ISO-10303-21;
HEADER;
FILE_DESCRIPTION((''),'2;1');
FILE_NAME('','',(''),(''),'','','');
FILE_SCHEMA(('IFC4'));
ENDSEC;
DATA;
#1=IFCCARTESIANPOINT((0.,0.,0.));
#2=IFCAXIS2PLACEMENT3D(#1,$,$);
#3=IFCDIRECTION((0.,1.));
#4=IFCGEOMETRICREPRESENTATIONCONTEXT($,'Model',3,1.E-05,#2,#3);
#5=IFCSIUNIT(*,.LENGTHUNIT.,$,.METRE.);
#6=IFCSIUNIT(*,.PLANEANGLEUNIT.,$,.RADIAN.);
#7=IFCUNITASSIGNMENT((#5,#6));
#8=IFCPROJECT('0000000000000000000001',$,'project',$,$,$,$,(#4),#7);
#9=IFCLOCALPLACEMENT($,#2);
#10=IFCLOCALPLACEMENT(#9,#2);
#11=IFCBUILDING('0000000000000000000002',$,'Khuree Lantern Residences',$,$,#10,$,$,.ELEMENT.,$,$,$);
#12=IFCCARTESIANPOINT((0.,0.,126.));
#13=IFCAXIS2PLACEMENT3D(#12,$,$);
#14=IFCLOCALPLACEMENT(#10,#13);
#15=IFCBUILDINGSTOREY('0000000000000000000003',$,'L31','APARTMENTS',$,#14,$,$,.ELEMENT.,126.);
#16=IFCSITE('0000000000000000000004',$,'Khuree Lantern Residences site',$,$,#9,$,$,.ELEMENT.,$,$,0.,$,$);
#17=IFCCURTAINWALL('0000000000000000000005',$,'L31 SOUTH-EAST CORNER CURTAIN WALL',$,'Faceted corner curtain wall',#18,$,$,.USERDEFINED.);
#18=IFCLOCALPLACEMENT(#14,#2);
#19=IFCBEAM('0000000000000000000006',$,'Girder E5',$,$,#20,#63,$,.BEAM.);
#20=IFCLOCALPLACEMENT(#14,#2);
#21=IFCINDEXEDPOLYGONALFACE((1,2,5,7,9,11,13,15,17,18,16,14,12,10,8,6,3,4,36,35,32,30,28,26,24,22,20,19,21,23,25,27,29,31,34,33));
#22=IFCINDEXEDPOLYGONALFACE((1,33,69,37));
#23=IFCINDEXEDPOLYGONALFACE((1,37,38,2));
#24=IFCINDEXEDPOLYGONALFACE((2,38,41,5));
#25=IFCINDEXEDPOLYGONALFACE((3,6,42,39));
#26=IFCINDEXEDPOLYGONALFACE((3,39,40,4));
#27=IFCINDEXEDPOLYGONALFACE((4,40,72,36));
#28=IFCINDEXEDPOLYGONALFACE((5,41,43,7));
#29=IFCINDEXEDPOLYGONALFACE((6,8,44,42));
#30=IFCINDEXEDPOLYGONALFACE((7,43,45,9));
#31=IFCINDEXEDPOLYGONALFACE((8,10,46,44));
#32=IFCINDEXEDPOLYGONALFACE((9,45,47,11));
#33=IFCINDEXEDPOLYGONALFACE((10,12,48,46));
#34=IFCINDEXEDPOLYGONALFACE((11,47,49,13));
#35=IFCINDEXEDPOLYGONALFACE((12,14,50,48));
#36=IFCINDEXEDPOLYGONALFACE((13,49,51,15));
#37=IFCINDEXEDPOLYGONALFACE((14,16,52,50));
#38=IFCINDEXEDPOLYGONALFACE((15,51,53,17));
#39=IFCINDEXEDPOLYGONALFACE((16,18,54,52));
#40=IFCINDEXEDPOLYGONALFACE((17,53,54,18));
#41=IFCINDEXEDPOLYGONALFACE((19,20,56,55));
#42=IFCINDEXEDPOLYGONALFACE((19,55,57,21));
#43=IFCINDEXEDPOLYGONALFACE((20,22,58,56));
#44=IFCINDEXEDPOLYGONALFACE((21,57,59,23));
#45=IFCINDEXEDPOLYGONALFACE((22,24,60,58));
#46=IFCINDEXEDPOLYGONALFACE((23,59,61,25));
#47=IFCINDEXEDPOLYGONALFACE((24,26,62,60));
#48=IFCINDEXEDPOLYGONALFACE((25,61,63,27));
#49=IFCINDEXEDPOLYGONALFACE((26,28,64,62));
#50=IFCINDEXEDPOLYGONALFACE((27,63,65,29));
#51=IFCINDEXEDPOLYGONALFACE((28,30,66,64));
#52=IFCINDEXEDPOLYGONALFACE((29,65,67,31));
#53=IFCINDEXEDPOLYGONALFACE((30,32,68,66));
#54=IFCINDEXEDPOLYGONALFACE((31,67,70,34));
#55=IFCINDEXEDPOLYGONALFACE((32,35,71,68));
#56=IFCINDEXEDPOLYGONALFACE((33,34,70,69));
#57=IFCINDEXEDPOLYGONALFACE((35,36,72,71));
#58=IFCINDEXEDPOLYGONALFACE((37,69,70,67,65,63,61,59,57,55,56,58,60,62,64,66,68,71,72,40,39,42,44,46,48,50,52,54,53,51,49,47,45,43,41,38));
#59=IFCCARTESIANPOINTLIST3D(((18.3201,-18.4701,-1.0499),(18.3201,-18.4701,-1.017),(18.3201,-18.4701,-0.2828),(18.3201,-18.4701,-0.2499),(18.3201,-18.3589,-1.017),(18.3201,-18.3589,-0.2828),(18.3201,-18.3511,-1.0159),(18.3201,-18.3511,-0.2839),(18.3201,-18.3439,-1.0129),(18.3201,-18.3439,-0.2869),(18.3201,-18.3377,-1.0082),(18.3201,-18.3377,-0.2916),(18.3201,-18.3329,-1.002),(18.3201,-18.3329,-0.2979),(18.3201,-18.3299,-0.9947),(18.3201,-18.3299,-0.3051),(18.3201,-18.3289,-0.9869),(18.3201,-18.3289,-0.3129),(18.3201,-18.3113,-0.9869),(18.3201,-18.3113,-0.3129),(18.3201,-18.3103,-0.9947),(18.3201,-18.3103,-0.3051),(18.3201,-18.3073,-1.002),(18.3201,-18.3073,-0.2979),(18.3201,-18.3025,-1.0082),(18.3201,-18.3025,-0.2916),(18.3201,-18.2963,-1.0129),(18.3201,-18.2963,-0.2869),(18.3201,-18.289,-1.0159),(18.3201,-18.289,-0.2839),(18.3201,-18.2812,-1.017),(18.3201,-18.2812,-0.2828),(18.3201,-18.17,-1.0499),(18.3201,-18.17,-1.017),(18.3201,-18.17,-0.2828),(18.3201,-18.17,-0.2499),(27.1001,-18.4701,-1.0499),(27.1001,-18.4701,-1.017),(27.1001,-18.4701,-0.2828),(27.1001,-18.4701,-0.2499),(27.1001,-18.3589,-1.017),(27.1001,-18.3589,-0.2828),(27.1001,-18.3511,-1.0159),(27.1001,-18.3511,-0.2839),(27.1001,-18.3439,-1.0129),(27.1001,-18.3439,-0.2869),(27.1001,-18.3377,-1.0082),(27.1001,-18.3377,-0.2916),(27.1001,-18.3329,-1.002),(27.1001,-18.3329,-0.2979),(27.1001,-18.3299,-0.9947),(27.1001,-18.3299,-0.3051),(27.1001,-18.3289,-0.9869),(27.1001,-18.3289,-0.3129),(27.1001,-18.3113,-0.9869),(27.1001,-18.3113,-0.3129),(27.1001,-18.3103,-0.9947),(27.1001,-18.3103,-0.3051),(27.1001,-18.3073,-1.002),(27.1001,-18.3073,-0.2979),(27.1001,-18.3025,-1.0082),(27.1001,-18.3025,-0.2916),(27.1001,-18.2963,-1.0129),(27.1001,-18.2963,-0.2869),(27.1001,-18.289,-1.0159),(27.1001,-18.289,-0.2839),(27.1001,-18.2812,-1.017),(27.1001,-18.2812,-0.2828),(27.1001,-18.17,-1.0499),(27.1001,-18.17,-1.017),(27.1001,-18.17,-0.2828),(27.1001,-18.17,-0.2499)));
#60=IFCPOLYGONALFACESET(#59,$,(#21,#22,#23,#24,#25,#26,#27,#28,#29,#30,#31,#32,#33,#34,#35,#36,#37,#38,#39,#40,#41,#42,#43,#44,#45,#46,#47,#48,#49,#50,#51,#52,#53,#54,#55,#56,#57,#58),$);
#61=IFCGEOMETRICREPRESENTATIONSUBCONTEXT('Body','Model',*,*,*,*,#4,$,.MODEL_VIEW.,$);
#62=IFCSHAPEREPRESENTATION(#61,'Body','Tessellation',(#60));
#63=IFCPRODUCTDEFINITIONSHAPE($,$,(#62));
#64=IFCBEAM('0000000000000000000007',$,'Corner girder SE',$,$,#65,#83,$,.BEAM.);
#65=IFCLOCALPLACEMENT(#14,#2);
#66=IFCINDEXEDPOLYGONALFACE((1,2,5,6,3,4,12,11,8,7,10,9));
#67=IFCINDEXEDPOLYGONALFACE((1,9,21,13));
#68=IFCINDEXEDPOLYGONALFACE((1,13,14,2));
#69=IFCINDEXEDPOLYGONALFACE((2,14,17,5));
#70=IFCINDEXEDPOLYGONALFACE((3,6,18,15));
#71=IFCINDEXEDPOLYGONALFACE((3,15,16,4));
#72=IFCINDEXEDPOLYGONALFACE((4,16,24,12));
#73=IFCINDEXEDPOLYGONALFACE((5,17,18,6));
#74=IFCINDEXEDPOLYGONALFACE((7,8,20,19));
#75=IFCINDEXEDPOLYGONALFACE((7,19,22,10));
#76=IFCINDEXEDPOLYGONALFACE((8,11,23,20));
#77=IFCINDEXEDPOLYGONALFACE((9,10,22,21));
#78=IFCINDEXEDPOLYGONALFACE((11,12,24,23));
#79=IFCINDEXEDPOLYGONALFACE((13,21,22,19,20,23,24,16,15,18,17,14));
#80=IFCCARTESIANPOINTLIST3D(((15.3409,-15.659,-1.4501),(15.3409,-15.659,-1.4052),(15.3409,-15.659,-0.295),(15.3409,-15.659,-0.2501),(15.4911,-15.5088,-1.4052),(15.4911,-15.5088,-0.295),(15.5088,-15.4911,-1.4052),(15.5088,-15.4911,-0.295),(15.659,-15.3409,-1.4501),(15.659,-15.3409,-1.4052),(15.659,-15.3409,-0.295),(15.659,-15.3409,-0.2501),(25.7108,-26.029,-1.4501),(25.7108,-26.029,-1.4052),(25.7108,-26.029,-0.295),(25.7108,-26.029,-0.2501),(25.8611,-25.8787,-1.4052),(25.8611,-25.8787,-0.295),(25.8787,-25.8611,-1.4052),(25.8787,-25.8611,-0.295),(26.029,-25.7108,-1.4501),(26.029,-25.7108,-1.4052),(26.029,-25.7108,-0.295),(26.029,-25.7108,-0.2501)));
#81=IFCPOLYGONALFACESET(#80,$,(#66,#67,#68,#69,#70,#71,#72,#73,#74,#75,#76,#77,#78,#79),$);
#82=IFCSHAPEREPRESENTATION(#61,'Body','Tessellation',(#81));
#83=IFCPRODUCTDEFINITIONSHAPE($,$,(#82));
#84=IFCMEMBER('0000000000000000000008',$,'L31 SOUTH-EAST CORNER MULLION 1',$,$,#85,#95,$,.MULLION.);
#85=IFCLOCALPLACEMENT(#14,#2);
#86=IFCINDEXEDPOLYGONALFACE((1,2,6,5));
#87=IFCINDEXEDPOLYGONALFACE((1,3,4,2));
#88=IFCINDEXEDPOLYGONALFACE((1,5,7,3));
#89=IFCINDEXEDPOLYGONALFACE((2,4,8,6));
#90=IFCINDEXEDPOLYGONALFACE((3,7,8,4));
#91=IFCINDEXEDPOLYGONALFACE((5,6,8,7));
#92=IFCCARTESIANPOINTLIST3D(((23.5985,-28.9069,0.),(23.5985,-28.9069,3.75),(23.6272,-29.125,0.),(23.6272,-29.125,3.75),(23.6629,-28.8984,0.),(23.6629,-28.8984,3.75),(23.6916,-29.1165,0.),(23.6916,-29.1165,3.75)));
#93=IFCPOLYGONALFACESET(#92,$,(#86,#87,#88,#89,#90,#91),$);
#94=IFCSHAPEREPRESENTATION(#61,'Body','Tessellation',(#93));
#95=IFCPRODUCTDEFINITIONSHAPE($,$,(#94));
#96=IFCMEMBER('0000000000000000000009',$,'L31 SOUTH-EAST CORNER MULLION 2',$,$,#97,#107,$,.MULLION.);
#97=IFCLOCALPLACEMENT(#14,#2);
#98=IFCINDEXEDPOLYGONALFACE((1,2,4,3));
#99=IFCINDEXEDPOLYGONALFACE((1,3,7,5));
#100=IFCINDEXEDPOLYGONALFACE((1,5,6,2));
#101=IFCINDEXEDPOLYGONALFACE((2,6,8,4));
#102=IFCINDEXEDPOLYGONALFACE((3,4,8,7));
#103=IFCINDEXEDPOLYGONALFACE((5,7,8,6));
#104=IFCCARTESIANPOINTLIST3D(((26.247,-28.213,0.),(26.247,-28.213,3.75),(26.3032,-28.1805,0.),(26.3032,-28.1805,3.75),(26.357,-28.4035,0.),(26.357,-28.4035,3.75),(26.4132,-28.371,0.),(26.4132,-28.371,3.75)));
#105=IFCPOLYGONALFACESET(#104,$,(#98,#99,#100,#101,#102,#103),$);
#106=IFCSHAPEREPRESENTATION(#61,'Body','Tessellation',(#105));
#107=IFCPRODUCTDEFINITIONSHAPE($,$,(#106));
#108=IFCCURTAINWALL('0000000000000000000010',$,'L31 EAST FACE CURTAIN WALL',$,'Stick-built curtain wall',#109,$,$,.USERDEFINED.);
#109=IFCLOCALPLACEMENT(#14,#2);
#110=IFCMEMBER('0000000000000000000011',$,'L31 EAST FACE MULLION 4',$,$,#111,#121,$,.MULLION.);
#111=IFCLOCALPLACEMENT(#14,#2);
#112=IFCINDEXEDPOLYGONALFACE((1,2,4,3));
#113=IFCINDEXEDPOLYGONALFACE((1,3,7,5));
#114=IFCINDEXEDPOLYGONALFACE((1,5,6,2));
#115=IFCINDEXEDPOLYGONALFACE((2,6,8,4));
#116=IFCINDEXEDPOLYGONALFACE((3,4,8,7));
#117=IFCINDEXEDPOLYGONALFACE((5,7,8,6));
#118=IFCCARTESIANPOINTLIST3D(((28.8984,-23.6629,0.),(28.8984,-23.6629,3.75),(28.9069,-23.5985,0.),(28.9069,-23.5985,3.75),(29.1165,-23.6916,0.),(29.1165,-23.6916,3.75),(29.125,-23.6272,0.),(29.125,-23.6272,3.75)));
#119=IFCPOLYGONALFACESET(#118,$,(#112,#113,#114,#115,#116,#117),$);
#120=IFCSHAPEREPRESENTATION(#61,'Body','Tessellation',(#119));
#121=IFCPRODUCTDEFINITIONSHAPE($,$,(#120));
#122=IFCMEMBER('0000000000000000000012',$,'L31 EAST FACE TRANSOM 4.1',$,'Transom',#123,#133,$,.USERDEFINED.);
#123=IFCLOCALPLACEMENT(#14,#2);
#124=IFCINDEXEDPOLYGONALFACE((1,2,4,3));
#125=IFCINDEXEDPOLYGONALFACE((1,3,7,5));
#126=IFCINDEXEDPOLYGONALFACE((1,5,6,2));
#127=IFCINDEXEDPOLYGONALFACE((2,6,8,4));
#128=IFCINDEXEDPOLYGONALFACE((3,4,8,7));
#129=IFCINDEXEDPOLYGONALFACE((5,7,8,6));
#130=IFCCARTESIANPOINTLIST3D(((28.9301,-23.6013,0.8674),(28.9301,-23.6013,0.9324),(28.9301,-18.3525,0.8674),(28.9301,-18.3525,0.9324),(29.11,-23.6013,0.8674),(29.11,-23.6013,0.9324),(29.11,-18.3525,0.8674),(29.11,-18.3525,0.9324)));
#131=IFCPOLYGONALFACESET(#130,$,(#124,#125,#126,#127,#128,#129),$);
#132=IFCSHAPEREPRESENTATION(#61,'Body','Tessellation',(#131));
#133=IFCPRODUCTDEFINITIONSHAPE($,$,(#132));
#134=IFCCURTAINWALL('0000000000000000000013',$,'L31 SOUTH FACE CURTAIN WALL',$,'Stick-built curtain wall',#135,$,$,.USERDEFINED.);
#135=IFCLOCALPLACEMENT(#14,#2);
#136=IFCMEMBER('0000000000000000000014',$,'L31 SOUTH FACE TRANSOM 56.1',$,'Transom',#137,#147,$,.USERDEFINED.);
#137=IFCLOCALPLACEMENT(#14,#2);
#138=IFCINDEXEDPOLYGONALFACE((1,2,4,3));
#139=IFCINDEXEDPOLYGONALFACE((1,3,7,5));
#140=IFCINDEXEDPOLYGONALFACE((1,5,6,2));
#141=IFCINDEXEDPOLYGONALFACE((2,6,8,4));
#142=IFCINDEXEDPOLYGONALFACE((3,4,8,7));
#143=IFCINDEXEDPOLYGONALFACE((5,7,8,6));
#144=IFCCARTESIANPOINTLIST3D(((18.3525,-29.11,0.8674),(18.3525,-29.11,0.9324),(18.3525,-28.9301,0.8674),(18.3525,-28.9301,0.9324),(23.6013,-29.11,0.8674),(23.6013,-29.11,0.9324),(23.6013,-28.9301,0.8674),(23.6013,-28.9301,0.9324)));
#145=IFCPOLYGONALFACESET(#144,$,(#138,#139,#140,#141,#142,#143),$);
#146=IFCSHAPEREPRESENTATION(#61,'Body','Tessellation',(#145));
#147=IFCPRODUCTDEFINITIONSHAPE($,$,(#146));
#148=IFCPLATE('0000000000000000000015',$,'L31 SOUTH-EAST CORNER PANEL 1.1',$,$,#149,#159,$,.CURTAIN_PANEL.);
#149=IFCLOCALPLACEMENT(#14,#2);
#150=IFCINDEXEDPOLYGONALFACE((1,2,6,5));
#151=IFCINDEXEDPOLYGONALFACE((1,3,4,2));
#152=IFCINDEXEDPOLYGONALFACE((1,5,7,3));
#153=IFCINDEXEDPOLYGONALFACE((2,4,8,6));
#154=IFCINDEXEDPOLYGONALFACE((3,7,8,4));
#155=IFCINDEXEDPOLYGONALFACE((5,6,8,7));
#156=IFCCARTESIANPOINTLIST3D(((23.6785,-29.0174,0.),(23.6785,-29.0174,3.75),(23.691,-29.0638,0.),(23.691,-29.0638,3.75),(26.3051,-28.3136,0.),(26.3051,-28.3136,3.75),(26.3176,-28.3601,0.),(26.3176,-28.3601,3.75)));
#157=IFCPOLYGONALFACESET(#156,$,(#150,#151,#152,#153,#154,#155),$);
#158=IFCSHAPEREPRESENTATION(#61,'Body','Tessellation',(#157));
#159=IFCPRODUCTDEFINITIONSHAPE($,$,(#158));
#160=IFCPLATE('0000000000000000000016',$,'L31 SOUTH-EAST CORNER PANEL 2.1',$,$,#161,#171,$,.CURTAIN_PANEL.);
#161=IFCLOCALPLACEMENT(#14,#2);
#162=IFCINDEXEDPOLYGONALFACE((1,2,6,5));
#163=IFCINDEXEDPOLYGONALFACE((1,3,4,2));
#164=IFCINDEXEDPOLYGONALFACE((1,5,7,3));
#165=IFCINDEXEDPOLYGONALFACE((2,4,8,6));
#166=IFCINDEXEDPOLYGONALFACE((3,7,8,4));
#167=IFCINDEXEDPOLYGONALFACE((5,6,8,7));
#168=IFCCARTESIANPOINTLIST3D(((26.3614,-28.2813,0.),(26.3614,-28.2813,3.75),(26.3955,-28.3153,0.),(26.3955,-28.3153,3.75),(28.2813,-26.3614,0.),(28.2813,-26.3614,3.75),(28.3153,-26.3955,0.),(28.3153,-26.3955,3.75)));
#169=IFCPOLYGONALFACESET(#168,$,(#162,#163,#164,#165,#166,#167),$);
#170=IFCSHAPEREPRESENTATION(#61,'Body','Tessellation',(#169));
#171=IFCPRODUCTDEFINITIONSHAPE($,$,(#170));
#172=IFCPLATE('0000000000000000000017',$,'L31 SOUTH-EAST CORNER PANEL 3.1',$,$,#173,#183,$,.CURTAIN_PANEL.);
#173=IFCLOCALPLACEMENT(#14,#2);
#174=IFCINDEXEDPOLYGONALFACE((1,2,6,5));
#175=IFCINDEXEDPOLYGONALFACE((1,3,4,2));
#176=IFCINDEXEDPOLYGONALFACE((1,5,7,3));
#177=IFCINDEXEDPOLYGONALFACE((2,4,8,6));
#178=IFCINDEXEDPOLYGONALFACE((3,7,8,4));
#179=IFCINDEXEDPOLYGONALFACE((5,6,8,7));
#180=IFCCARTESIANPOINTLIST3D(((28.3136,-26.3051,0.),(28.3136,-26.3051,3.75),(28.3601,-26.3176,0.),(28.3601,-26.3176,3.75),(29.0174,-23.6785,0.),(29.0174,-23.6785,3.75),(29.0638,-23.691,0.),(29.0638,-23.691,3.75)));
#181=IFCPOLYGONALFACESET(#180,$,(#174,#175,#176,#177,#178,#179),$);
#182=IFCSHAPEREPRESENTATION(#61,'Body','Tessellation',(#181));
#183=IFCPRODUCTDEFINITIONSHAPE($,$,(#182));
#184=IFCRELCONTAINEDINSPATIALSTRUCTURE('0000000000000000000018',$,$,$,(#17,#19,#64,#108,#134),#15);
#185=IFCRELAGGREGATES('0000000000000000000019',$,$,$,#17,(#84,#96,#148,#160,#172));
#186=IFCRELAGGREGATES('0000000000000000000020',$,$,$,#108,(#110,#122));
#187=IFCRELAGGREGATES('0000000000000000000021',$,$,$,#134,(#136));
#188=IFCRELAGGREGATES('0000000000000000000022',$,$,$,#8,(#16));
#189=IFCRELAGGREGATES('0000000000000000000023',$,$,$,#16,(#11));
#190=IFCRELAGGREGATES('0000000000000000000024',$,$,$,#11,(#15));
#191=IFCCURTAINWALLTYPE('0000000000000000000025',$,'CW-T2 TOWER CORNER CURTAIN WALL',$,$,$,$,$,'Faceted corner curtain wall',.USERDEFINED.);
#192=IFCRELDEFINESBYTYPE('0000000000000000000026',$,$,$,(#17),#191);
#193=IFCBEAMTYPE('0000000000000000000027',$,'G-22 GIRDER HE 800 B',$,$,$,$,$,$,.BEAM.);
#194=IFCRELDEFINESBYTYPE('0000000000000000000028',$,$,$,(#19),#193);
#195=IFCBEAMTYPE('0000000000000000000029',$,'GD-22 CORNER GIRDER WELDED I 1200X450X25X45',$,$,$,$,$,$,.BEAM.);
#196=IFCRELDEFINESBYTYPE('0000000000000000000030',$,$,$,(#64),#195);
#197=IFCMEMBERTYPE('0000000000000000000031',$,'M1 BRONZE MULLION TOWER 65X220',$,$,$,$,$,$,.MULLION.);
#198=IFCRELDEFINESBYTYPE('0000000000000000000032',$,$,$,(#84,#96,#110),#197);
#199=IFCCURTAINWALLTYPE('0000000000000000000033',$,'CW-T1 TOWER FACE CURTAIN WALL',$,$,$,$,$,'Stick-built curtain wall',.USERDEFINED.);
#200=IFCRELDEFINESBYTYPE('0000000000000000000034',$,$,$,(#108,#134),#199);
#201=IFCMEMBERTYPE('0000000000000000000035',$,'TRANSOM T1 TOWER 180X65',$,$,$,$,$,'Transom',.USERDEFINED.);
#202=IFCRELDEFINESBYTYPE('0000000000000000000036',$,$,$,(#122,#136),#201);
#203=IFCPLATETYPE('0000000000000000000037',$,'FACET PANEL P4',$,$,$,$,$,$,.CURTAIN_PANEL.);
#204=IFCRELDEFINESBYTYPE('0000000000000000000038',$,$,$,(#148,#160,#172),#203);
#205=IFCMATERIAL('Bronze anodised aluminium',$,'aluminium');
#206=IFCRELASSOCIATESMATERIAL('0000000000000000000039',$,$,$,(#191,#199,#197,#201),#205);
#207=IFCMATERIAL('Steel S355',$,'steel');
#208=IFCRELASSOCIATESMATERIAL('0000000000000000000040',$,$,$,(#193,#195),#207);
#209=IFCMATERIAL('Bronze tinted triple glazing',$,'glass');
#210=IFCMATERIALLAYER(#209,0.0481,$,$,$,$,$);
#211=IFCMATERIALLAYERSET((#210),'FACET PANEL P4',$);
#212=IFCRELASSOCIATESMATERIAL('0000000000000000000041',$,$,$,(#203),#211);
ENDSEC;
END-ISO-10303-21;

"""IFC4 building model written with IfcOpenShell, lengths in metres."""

from ifc_helpers import new_model, si_unit, direction, frame, origin, origin_2d, place, context, subcontext, project, spatial, rectangle, i_section, extrude, material, layer, layer_set, material_profile, profile_set, type_object, element, aggregate, save


model = new_model("IFC4")

# Units and contexts
model_context = context("Model", 3, precision=1e-05, world=origin(), true_north=direction((0.0, 1.0)))
body_context = subcontext(model_context, "Body", "Model", "MODEL_VIEW")
ifc_project = project(units=[si_unit("LENGTHUNIT", "METRE"), si_unit("PLANEANGLEUNIT", "RADIAN")], contexts=[model_context])

# Site, building, storey
site_placement = place(None, origin())
site = spatial("IfcSite", under=ifc_project, at=site_placement, Name="Khuree Lantern Residences site", CompositionType="ELEMENT", RefElevation=0.0)
building_placement = place(site_placement, origin())
building = spatial("IfcBuilding", under=site, at=building_placement, Name="Khuree Lantern Residences", CompositionType="ELEMENT")
storey_placement = place(building_placement, frame((0.0, 0.0, 126.0)))
storey = spatial("IfcBuildingStorey", under=building, at=storey_placement, Name="L31", Description="APARTMENTS", CompositionType="ELEMENT", Elevation=126.0)

# Shared definitions
ifc_material_1 = material(Name="Steel S355", Category="steel")

# Curtain wall
ifc_material_2 = material(Name="Bronze anodised aluminium", Category="aluminium")
curtain_wall_type_1 = type_object("IfcCurtainWallType", Name="CW-T2 TOWER CORNER CURTAIN WALL", ElementType="Faceted corner curtain wall", PredefinedType="USERDEFINED", material=ifc_material_2)
curtain_wall_1_placement = place(storey_placement, origin())
curtain_wall_1 = element("IfcCurtainWall", 1, at=curtain_wall_1_placement, inside=storey, type_object=curtain_wall_type_1, Name="L31 SOUTH-EAST CORNER CURTAIN WALL", ObjectType="Faceted corner curtain wall", PredefinedType="USERDEFINED")

# Beams
ifc_material_profile_1 = material_profile(ifc_material_1, i_section(OverallWidth=0.3, OverallDepth=0.8, WebThickness=0.0176, FlangeThickness=0.033, FilletRadius=0.03, at=origin_2d()), Name="HE 800 B")
ifc_profile_set_1 = profile_set([ifc_material_profile_1], Name="Steel S355")
beam_type_1 = type_object("IfcBeamType", Name="G-22 GIRDER HE 800 B", PredefinedType="BEAM", material=ifc_profile_set_1)
beam_1_placement = place(storey_placement, frame((27.1001, -18.3201, -0.6499), z_axis=(-1.0, 0.0, 0.0), x_axis=(0.0, -1.0, 0.0)))
element("IfcBeam", 2, at=beam_1_placement, inside=storey, type_object=beam_type_1, Name="Girder E5", PredefinedType="BEAM", context=body_context, shape_type="SweptSolid", body=[
    extrude(i_section(OverallWidth=0.3, OverallDepth=0.8, WebThickness=0.0176, FlangeThickness=0.033, FilletRadius=0.03, at=origin_2d()), origin(), (0.0, 0.0, 1.0), 8.78),
])
ifc_material_profile_2 = material_profile(ifc_material_1, i_section(OverallWidth=0.45, OverallDepth=1.2, WebThickness=0.0249, FlangeThickness=0.0449, at=origin_2d()), Name="WELDED I 1200X450X25X45")
ifc_profile_set_2 = profile_set([ifc_material_profile_2], Name="Steel S355")
beam_type_2 = type_object("IfcBeamType", Name="GD-22 CORNER GIRDER WELDED I 1200X450X25X45", PredefinedType="BEAM", material=ifc_profile_set_2)
beam_2_placement = place(storey_placement, frame((25.8699, -25.8699, -0.8501), z_axis=(-0.707107, 0.707107, 0.0), x_axis=(-0.707107, -0.707107, 0.0)))
element("IfcBeam", 3, at=beam_2_placement, inside=storey, type_object=beam_type_2, Name="Corner girder SE", PredefinedType="BEAM", context=body_context, shape_type="SweptSolid", body=[
    extrude(i_section(OverallWidth=0.45, OverallDepth=1.2, WebThickness=0.0249, FlangeThickness=0.0449, at=origin_2d()), origin(), (0.0, 0.0, 1.0), 14.6653),
])

# Members
ifc_material_profile_3 = material_profile(ifc_material_2, rectangle(XDim=0.0649, YDim=0.22, at=origin_2d()), Name="M1 65X220")
ifc_profile_set_3 = profile_set([ifc_material_profile_3], Name="Bronze anodised aluminium")
member_type_1 = type_object("IfcMemberType", Name="M1 BRONZE MULLION TOWER 65X220", PredefinedType="MULLION", material=ifc_profile_set_3)
member_1_placement = place(storey_placement, frame((23.645, -29.0117, 0.0), z_axis=(0.0, 0.0, 1.0), x_axis=(0.991445, 0.130526, 0.0)))
member_1 = element("IfcMember", 4, at=member_1_placement, type_object=member_type_1, Name="L31 SOUTH-EAST CORNER MULLION 1", PredefinedType="MULLION", context=body_context, shape_type="SweptSolid", body=[
    extrude(rectangle(XDim=0.0649, YDim=0.22, at=origin_2d()), origin(), (0.0, 0.0, 1.0), 3.75),
])
member_2_placement = place(storey_placement, frame((26.3301, -28.292, 0.0), z_axis=(0.0, 0.0, 1.0), x_axis=(0.866025, 0.5, 0.0)))
member_2 = element("IfcMember", 5, at=member_2_placement, type_object=member_type_1, Name="L31 SOUTH-EAST CORNER MULLION 2", PredefinedType="MULLION", context=body_context, shape_type="SweptSolid", body=[
    extrude(rectangle(XDim=0.0649, YDim=0.22, at=origin_2d()), origin(), (0.0, 0.0, 1.0), 3.75),
])

# Curtain wall, members
curtain_wall_type_2 = type_object("IfcCurtainWallType", Name="CW-T1 TOWER FACE CURTAIN WALL", ElementType="Stick-built curtain wall", PredefinedType="USERDEFINED", material=ifc_material_2)
curtain_wall_2_placement = place(storey_placement, origin())
curtain_wall_2 = element("IfcCurtainWall", 6, at=curtain_wall_2_placement, inside=storey, type_object=curtain_wall_type_2, Name="L31 EAST FACE CURTAIN WALL", ObjectType="Stick-built curtain wall", PredefinedType="USERDEFINED")
member_3_placement = place(storey_placement, frame((29.0117, -23.645, 0.0), z_axis=(0.0, 0.0, 1.0), x_axis=(0.130526, 0.991445, 0.0)))
member_3 = element("IfcMember", 7, at=member_3_placement, type_object=member_type_1, Name="L31 EAST FACE MULLION 4", PredefinedType="MULLION", context=body_context, shape_type="SweptSolid", body=[
    extrude(rectangle(XDim=0.0649, YDim=0.22, at=origin_2d()), origin(), (0.0, 0.0, 1.0), 3.75),
])
ifc_material_profile_4 = material_profile(ifc_material_2, rectangle(XDim=0.1799, YDim=0.0649, at=origin_2d()), Name="T1 180X65")
ifc_profile_set_4 = profile_set([ifc_material_profile_4], Name="Bronze anodised aluminium")
member_type_2 = type_object("IfcMemberType", Name="TRANSOM T1 TOWER 180X65", ElementType="Transom", PredefinedType="USERDEFINED", material=ifc_profile_set_4)
member_4_placement = place(storey_placement, frame((29.02, -23.6013, 0.8999), z_axis=(0.0, 1.0, 0.0), x_axis=(-1.0, 0.0, 0.0)))
member_4 = element("IfcMember", 8, at=member_4_placement, type_object=member_type_2, Name="L31 EAST FACE TRANSOM 4.1", ObjectType="Transom", PredefinedType="USERDEFINED", context=body_context, shape_type="SweptSolid", body=[
    extrude(rectangle(XDim=0.1799, YDim=0.0649, at=origin_2d()), origin(), (0.0, 0.0, 1.0), 5.2488),
])

# Curtain wall, member
curtain_wall_3_placement = place(storey_placement, origin())
curtain_wall_3 = element("IfcCurtainWall", 9, at=curtain_wall_3_placement, inside=storey, type_object=curtain_wall_type_2, Name="L31 SOUTH FACE CURTAIN WALL", ObjectType="Stick-built curtain wall", PredefinedType="USERDEFINED")
member_5_placement = place(storey_placement, frame((18.3525, -29.02, 0.8999), z_axis=(1.0, 0.0, 0.0), x_axis=(0.0, 1.0, 0.0)))
member_5 = element("IfcMember", 10, at=member_5_placement, type_object=member_type_2, Name="L31 SOUTH FACE TRANSOM 56.1", ObjectType="Transom", PredefinedType="USERDEFINED", context=body_context, shape_type="SweptSolid", body=[
    extrude(rectangle(XDim=0.1799, YDim=0.0649, at=origin_2d()), origin(), (0.0, 0.0, 1.0), 5.2488),
])

# Plates
ifc_material_3 = material(Name="Bronze tinted triple glazing", Category="glass")
ifc_layer_1 = layer(ifc_material_3, 0.0481)
ifc_layer_set_1 = layer_set([ifc_layer_1], Name="FACET PANEL P4")
plate_type_1 = type_object("IfcPlateType", Name="FACET PANEL P4", PredefinedType="CURTAIN_PANEL", material=ifc_layer_set_1)
plate_1_placement = place(storey_placement, frame((24.998, -28.6887, 0.0), z_axis=(0.0, 0.0, 1.0), x_axis=(0.965926, 0.258819, 0.0)))
plate_1 = element("IfcPlate", 11, at=plate_1_placement, type_object=plate_type_1, Name="L31 SOUTH-EAST CORNER PANEL 1.1", PredefinedType="CURTAIN_PANEL", context=body_context, shape_type="SweptSolid", body=[
    extrude(rectangle(XDim=2.7192, YDim=0.0481, at=origin_2d()), origin(), (0.0, 0.0, 1.0), 3.75),
])
plate_2_placement = place(storey_placement, frame((27.3384, -27.3384, 0.0), z_axis=(0.0, 0.0, 1.0), x_axis=(0.707107, 0.707107, 0.0)))
plate_2 = element("IfcPlate", 12, at=plate_2_placement, type_object=plate_type_1, Name="L31 SOUTH-EAST CORNER PANEL 2.1", PredefinedType="CURTAIN_PANEL", context=body_context, shape_type="SweptSolid", body=[
    extrude(rectangle(XDim=2.7151, YDim=0.0481, at=origin_2d()), origin(), (0.0, 0.0, 1.0), 3.75),
])
plate_3_placement = place(storey_placement, frame((28.6887, -24.998, 0.0), z_axis=(0.0, 0.0, 1.0), x_axis=(0.258819, 0.965926, 0.0)))
plate_3 = element("IfcPlate", 13, at=plate_3_placement, type_object=plate_type_1, Name="L31 SOUTH-EAST CORNER PANEL 3.1", PredefinedType="CURTAIN_PANEL", context=body_context, shape_type="SweptSolid", body=[
    extrude(rectangle(XDim=2.7192, YDim=0.0481, at=origin_2d()), origin(), (0.0, 0.0, 1.0), 3.75),
])
aggregate(curtain_wall_1, [member_1, member_2, plate_1, plate_2, plate_3])
aggregate(curtain_wall_2, [member_3, member_4])
aggregate(curtain_wall_3, [member_5])

save(model, "model.ifc")
